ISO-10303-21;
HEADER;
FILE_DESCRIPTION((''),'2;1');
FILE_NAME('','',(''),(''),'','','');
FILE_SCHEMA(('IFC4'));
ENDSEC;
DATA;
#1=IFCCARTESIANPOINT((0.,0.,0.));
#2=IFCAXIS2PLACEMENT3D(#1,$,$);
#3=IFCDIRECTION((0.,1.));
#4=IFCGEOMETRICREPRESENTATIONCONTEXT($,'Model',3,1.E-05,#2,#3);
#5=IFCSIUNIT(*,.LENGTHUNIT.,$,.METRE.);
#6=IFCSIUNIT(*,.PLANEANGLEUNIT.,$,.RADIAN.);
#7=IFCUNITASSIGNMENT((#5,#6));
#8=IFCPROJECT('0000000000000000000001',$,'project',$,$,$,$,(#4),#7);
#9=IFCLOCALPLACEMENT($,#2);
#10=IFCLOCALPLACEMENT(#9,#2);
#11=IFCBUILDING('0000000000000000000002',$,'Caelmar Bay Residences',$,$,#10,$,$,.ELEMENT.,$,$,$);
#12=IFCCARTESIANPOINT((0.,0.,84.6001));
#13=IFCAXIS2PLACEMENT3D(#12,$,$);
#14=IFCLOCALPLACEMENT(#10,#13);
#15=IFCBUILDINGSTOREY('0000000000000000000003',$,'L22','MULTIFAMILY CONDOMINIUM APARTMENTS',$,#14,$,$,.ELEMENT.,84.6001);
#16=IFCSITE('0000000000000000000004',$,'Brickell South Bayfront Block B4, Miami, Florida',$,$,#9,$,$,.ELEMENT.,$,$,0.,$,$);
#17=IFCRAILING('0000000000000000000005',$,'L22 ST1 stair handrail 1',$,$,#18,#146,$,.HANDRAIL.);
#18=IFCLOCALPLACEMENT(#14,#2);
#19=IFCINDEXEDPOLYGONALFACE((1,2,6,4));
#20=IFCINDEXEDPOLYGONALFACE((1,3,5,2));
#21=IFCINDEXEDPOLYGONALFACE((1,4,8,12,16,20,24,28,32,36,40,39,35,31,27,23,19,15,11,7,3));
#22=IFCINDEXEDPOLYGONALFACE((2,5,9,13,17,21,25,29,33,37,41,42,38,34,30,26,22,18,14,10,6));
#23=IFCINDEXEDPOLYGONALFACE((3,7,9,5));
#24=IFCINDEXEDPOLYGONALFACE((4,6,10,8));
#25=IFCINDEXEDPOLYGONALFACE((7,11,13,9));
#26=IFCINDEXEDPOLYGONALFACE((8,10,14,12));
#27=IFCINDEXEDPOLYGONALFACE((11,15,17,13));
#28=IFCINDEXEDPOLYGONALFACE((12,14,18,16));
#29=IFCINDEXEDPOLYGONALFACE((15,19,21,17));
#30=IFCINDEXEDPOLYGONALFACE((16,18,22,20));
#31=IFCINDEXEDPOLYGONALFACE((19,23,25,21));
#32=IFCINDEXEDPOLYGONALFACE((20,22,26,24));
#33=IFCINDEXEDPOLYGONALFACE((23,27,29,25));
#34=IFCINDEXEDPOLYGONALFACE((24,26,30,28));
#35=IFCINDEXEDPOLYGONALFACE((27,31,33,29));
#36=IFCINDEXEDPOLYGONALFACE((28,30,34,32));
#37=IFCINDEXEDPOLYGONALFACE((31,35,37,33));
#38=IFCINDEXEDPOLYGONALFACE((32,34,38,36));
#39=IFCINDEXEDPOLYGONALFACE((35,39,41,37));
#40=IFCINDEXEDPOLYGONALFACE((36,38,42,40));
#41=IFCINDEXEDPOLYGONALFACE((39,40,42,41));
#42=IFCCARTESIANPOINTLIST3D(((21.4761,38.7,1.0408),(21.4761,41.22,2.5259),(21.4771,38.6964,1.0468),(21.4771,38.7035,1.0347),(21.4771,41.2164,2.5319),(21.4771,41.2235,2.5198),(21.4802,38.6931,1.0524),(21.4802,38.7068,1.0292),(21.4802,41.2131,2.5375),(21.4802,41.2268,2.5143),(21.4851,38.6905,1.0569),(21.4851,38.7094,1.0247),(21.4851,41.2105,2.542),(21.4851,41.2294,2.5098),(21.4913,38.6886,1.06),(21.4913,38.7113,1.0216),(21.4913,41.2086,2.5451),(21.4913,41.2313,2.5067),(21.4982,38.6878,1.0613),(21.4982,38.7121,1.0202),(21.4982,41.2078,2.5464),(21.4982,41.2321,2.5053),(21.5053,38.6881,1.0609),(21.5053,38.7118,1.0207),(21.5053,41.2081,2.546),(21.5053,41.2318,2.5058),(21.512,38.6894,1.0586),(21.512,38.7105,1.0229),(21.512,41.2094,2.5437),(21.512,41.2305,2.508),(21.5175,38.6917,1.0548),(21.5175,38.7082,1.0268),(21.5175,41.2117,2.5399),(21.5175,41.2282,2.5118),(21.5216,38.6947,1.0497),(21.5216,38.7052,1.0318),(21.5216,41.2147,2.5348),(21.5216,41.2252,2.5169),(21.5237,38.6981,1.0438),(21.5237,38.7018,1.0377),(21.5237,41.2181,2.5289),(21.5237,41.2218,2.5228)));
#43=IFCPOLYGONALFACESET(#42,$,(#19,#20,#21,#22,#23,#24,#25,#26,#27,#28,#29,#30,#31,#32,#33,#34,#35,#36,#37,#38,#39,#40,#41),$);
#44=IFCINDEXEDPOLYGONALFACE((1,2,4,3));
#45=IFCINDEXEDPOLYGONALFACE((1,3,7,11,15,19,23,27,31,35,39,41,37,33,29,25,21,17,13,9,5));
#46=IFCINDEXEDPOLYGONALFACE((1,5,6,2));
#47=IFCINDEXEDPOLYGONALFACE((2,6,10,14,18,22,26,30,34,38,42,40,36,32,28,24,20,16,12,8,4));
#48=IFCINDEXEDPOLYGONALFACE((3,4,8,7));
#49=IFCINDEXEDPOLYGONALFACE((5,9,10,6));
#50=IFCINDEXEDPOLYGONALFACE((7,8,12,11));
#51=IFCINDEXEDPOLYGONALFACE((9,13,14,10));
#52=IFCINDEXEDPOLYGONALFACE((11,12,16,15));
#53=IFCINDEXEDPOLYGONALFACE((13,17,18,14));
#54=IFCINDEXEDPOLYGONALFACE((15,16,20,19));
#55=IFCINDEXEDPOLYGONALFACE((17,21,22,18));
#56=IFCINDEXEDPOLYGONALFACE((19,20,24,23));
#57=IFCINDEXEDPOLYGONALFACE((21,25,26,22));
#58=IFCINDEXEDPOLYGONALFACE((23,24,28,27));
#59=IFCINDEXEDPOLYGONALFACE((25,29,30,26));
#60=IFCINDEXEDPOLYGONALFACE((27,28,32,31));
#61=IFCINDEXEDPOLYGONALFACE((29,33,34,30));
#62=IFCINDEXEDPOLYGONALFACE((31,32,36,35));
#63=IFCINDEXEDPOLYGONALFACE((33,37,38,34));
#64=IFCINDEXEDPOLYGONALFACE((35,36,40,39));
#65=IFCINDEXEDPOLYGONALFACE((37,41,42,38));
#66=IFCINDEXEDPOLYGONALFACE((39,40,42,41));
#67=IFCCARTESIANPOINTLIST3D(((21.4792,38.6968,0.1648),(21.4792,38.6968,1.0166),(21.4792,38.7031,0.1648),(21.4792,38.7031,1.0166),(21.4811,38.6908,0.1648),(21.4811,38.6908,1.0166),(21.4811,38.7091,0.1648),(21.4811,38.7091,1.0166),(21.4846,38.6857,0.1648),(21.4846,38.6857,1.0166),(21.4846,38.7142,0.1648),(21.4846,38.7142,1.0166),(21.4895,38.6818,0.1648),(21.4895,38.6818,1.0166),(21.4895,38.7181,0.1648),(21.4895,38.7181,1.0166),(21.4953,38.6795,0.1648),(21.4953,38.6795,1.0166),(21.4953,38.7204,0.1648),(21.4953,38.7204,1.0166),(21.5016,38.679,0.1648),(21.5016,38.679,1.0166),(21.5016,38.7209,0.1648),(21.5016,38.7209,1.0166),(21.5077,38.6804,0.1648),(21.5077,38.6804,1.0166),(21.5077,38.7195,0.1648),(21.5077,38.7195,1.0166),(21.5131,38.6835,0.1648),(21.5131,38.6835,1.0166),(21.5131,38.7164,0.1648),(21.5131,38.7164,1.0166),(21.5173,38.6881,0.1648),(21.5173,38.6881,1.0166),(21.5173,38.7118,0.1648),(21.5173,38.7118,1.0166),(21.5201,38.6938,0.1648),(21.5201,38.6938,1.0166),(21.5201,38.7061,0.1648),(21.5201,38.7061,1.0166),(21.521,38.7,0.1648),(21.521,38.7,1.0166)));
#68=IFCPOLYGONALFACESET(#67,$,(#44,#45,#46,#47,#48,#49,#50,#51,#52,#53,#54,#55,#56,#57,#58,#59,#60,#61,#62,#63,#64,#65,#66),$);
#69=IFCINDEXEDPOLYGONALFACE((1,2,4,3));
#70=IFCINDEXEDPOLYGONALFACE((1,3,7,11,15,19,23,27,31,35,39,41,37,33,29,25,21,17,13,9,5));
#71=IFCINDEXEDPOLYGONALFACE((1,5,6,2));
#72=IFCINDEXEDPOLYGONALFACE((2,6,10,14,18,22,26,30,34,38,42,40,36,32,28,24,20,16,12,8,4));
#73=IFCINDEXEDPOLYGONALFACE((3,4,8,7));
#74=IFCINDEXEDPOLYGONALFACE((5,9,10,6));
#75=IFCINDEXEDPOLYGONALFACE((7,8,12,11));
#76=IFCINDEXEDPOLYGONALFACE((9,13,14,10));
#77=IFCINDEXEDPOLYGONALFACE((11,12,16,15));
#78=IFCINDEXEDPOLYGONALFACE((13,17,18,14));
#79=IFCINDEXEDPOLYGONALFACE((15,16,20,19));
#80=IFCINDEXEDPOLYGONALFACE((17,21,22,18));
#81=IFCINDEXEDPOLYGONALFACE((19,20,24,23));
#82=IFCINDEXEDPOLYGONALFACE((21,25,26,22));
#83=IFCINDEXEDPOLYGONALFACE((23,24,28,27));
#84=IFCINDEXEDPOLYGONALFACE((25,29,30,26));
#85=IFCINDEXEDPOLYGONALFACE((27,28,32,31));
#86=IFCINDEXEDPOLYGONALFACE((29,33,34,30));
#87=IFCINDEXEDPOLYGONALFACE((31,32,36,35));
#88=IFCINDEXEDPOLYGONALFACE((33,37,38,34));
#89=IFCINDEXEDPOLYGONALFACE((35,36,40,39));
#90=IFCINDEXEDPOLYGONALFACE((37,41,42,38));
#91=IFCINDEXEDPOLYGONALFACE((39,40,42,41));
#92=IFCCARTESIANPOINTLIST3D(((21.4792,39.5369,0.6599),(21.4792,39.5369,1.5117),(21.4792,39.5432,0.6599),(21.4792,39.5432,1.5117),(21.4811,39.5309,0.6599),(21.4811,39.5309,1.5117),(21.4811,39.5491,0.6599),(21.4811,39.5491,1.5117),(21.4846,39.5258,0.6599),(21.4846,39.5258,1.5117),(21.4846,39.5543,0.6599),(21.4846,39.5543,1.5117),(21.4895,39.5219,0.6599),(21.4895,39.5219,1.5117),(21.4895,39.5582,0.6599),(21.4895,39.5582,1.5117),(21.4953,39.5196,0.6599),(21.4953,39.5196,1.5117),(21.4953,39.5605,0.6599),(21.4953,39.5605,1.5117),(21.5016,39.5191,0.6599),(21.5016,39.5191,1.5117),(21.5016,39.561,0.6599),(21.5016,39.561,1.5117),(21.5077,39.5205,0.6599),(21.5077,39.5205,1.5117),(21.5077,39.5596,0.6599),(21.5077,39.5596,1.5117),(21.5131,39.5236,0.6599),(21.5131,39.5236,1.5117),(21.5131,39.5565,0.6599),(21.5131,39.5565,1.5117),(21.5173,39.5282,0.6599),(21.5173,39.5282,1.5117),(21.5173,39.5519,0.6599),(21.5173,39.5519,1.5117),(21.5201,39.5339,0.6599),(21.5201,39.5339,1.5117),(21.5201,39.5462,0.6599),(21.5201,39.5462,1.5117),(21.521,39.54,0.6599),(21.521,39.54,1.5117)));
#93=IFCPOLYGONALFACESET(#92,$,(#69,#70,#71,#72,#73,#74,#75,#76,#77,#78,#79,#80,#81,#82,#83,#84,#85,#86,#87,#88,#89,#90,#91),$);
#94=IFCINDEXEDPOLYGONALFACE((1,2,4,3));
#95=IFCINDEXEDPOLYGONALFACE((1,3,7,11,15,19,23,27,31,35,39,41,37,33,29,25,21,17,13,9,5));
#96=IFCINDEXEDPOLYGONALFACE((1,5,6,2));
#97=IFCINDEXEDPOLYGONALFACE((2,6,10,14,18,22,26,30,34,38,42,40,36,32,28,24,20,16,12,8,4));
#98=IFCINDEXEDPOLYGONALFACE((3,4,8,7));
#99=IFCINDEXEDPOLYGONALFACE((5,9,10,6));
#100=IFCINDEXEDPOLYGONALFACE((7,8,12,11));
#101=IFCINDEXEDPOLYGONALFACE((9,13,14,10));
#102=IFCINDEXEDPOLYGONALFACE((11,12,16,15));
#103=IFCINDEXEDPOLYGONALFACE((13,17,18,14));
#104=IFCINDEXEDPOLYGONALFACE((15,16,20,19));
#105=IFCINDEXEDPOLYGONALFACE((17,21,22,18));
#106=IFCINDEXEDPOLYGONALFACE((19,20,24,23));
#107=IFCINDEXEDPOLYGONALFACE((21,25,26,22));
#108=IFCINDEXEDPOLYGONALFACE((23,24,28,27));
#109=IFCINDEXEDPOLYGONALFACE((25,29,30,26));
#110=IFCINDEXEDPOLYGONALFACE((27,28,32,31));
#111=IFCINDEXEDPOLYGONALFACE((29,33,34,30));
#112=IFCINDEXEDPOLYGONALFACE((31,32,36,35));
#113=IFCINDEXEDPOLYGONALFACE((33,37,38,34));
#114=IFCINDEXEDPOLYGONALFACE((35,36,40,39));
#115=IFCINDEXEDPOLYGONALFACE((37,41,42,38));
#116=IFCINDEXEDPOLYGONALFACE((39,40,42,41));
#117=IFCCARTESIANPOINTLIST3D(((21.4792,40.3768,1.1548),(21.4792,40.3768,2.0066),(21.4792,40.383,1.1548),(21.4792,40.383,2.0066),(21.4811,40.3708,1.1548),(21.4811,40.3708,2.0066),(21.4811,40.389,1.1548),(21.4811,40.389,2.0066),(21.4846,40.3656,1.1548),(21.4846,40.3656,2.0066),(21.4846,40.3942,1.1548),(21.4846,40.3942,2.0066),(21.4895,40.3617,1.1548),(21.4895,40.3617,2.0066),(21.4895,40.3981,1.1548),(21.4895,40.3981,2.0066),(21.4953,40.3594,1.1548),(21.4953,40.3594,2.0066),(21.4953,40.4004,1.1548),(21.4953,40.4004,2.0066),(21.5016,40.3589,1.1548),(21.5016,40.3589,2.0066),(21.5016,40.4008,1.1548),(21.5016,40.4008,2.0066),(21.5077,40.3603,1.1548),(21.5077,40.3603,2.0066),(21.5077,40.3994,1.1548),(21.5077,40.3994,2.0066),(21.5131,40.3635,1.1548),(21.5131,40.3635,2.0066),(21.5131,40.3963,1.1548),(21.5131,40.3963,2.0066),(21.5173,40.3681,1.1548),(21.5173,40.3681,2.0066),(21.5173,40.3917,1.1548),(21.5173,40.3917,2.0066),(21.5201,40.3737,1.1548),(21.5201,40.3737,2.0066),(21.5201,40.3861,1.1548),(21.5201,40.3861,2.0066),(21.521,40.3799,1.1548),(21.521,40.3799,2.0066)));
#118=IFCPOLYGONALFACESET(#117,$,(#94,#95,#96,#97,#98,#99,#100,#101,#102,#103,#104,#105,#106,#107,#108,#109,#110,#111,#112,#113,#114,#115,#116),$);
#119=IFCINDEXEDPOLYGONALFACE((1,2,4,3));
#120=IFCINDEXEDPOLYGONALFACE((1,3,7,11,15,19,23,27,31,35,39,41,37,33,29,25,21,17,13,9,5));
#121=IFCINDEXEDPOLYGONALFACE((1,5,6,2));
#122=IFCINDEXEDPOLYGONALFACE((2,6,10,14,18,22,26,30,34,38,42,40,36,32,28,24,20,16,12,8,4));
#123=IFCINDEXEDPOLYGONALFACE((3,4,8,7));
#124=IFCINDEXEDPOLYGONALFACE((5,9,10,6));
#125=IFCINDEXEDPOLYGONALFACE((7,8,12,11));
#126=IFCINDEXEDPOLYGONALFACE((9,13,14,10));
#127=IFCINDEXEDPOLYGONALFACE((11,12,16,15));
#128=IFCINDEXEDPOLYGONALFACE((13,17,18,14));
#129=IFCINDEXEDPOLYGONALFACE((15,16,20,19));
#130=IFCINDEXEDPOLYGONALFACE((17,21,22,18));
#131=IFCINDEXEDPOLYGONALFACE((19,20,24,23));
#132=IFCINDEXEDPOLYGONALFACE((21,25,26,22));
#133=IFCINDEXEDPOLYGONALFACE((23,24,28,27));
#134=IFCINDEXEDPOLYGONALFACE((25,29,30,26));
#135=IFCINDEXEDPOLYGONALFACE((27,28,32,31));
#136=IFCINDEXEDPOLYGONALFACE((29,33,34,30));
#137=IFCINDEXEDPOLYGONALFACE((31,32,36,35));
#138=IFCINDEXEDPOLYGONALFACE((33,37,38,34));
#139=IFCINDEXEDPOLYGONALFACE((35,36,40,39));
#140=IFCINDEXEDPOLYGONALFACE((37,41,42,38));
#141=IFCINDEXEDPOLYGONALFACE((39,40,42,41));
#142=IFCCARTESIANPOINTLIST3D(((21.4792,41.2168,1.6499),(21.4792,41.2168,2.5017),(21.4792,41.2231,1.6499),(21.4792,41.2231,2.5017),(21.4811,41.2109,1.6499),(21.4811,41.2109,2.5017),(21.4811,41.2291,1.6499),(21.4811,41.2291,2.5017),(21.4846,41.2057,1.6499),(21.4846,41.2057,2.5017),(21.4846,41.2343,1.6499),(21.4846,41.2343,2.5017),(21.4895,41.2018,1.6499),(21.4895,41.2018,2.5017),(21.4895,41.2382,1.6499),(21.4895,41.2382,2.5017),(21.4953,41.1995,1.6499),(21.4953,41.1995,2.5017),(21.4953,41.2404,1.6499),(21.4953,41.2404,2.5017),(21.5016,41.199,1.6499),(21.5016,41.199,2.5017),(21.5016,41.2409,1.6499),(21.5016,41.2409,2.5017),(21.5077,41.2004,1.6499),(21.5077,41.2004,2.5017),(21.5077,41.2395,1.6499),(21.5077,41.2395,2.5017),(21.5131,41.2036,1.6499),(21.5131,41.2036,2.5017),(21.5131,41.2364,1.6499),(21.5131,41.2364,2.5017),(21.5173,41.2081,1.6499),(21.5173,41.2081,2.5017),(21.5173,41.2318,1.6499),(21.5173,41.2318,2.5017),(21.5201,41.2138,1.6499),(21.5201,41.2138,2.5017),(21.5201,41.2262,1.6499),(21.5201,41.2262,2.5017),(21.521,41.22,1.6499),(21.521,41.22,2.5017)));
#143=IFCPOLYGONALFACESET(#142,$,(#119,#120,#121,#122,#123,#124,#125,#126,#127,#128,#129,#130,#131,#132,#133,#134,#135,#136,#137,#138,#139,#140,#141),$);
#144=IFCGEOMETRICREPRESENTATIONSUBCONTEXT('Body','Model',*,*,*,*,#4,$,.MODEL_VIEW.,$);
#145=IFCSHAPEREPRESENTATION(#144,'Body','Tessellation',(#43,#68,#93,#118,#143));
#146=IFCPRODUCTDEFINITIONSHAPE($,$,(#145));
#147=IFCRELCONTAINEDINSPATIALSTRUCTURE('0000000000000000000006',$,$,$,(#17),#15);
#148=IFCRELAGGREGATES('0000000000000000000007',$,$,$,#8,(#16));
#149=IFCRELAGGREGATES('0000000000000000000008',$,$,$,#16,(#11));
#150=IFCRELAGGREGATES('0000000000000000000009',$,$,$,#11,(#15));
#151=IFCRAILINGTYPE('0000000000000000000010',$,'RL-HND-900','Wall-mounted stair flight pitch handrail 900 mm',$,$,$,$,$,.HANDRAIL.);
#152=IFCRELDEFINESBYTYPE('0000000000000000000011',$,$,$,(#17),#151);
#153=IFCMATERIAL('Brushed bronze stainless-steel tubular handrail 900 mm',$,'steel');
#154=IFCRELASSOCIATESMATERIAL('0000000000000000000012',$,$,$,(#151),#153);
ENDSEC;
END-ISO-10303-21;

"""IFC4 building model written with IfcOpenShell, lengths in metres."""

from ifc_helpers import new_model, si_unit, direction, frame, origin, origin_2d, place, context, subcontext, project, spatial, circle, extrude, material, type_object, element, save


model = new_model("IFC4")

# Units and contexts
model_context = context("Model", 3, precision=1e-05, world=origin(), true_north=direction((0.0, 1.0)))
body_context = subcontext(model_context, "Body", "Model", "MODEL_VIEW")
ifc_project = project(units=[si_unit("LENGTHUNIT", "METRE"), si_unit("PLANEANGLEUNIT", "RADIAN")], contexts=[model_context])

# Site, building, storey
site_placement = place(None, origin())
site = spatial("IfcSite", under=ifc_project, at=site_placement, Name="Brickell South Bayfront Block B4, Miami, Florida", CompositionType="ELEMENT", RefElevation=0.0)
building_placement = place(site_placement, origin())
building = spatial("IfcBuilding", under=site, at=building_placement, Name="Caelmar Bay Residences", CompositionType="ELEMENT")
storey_placement = place(building_placement, frame((0.0, 0.0, 84.6001)))
storey = spatial("IfcBuildingStorey", under=building, at=storey_placement, Name="L22", Description="MULTIFAMILY CONDOMINIUM APARTMENTS", CompositionType="ELEMENT", Elevation=84.6001)

# Railing
ifc_material_1 = material(Name="Brushed bronze stainless-steel tubular handrail 900 mm", Category="steel")
railing_type_1 = type_object("IfcRailingType", Name="RL-HND-900", Description="Wall-mounted stair flight pitch handrail 900 mm", PredefinedType="HANDRAIL", material=ifc_material_1)
railing_1_placement = place(storey_placement, frame((21.5, 38.7, 0.1648)))
element("IfcRailing", 1, at=railing_1_placement, inside=storey, type_object=railing_type_1, Name="L22 ST1 stair handrail 1", PredefinedType="HANDRAIL", context=body_context, shape_type="SweptSolid", body=[
    extrude(circle(Radius=0.0239, at=origin_2d()), frame((0.0, 0.0, 0.876), z_axis=(0.0, 0.861524, 0.507717), x_axis=(-1.0, 0.0, 0.0)), (0.0, 0.0, 1.0), 2.925),
    extrude(circle(Radius=0.021, at=origin_2d()), origin(), (0.0, 0.0, 1.0), 0.8518),
    extrude(circle(Radius=0.021, at=origin_2d()), frame((0.0, 0.8401, 0.4951)), (0.0, 0.0, 1.0), 0.8518),
    extrude(circle(Radius=0.021, at=origin_2d()), frame((0.0, 1.6799, 0.99)), (0.0, 0.0, 1.0), 0.8518),
    extrude(circle(Radius=0.021, at=origin_2d()), frame((0.0, 2.52, 1.4851)), (0.0, 0.0, 1.0), 0.8518),
])

save(model, "model.ifc")
